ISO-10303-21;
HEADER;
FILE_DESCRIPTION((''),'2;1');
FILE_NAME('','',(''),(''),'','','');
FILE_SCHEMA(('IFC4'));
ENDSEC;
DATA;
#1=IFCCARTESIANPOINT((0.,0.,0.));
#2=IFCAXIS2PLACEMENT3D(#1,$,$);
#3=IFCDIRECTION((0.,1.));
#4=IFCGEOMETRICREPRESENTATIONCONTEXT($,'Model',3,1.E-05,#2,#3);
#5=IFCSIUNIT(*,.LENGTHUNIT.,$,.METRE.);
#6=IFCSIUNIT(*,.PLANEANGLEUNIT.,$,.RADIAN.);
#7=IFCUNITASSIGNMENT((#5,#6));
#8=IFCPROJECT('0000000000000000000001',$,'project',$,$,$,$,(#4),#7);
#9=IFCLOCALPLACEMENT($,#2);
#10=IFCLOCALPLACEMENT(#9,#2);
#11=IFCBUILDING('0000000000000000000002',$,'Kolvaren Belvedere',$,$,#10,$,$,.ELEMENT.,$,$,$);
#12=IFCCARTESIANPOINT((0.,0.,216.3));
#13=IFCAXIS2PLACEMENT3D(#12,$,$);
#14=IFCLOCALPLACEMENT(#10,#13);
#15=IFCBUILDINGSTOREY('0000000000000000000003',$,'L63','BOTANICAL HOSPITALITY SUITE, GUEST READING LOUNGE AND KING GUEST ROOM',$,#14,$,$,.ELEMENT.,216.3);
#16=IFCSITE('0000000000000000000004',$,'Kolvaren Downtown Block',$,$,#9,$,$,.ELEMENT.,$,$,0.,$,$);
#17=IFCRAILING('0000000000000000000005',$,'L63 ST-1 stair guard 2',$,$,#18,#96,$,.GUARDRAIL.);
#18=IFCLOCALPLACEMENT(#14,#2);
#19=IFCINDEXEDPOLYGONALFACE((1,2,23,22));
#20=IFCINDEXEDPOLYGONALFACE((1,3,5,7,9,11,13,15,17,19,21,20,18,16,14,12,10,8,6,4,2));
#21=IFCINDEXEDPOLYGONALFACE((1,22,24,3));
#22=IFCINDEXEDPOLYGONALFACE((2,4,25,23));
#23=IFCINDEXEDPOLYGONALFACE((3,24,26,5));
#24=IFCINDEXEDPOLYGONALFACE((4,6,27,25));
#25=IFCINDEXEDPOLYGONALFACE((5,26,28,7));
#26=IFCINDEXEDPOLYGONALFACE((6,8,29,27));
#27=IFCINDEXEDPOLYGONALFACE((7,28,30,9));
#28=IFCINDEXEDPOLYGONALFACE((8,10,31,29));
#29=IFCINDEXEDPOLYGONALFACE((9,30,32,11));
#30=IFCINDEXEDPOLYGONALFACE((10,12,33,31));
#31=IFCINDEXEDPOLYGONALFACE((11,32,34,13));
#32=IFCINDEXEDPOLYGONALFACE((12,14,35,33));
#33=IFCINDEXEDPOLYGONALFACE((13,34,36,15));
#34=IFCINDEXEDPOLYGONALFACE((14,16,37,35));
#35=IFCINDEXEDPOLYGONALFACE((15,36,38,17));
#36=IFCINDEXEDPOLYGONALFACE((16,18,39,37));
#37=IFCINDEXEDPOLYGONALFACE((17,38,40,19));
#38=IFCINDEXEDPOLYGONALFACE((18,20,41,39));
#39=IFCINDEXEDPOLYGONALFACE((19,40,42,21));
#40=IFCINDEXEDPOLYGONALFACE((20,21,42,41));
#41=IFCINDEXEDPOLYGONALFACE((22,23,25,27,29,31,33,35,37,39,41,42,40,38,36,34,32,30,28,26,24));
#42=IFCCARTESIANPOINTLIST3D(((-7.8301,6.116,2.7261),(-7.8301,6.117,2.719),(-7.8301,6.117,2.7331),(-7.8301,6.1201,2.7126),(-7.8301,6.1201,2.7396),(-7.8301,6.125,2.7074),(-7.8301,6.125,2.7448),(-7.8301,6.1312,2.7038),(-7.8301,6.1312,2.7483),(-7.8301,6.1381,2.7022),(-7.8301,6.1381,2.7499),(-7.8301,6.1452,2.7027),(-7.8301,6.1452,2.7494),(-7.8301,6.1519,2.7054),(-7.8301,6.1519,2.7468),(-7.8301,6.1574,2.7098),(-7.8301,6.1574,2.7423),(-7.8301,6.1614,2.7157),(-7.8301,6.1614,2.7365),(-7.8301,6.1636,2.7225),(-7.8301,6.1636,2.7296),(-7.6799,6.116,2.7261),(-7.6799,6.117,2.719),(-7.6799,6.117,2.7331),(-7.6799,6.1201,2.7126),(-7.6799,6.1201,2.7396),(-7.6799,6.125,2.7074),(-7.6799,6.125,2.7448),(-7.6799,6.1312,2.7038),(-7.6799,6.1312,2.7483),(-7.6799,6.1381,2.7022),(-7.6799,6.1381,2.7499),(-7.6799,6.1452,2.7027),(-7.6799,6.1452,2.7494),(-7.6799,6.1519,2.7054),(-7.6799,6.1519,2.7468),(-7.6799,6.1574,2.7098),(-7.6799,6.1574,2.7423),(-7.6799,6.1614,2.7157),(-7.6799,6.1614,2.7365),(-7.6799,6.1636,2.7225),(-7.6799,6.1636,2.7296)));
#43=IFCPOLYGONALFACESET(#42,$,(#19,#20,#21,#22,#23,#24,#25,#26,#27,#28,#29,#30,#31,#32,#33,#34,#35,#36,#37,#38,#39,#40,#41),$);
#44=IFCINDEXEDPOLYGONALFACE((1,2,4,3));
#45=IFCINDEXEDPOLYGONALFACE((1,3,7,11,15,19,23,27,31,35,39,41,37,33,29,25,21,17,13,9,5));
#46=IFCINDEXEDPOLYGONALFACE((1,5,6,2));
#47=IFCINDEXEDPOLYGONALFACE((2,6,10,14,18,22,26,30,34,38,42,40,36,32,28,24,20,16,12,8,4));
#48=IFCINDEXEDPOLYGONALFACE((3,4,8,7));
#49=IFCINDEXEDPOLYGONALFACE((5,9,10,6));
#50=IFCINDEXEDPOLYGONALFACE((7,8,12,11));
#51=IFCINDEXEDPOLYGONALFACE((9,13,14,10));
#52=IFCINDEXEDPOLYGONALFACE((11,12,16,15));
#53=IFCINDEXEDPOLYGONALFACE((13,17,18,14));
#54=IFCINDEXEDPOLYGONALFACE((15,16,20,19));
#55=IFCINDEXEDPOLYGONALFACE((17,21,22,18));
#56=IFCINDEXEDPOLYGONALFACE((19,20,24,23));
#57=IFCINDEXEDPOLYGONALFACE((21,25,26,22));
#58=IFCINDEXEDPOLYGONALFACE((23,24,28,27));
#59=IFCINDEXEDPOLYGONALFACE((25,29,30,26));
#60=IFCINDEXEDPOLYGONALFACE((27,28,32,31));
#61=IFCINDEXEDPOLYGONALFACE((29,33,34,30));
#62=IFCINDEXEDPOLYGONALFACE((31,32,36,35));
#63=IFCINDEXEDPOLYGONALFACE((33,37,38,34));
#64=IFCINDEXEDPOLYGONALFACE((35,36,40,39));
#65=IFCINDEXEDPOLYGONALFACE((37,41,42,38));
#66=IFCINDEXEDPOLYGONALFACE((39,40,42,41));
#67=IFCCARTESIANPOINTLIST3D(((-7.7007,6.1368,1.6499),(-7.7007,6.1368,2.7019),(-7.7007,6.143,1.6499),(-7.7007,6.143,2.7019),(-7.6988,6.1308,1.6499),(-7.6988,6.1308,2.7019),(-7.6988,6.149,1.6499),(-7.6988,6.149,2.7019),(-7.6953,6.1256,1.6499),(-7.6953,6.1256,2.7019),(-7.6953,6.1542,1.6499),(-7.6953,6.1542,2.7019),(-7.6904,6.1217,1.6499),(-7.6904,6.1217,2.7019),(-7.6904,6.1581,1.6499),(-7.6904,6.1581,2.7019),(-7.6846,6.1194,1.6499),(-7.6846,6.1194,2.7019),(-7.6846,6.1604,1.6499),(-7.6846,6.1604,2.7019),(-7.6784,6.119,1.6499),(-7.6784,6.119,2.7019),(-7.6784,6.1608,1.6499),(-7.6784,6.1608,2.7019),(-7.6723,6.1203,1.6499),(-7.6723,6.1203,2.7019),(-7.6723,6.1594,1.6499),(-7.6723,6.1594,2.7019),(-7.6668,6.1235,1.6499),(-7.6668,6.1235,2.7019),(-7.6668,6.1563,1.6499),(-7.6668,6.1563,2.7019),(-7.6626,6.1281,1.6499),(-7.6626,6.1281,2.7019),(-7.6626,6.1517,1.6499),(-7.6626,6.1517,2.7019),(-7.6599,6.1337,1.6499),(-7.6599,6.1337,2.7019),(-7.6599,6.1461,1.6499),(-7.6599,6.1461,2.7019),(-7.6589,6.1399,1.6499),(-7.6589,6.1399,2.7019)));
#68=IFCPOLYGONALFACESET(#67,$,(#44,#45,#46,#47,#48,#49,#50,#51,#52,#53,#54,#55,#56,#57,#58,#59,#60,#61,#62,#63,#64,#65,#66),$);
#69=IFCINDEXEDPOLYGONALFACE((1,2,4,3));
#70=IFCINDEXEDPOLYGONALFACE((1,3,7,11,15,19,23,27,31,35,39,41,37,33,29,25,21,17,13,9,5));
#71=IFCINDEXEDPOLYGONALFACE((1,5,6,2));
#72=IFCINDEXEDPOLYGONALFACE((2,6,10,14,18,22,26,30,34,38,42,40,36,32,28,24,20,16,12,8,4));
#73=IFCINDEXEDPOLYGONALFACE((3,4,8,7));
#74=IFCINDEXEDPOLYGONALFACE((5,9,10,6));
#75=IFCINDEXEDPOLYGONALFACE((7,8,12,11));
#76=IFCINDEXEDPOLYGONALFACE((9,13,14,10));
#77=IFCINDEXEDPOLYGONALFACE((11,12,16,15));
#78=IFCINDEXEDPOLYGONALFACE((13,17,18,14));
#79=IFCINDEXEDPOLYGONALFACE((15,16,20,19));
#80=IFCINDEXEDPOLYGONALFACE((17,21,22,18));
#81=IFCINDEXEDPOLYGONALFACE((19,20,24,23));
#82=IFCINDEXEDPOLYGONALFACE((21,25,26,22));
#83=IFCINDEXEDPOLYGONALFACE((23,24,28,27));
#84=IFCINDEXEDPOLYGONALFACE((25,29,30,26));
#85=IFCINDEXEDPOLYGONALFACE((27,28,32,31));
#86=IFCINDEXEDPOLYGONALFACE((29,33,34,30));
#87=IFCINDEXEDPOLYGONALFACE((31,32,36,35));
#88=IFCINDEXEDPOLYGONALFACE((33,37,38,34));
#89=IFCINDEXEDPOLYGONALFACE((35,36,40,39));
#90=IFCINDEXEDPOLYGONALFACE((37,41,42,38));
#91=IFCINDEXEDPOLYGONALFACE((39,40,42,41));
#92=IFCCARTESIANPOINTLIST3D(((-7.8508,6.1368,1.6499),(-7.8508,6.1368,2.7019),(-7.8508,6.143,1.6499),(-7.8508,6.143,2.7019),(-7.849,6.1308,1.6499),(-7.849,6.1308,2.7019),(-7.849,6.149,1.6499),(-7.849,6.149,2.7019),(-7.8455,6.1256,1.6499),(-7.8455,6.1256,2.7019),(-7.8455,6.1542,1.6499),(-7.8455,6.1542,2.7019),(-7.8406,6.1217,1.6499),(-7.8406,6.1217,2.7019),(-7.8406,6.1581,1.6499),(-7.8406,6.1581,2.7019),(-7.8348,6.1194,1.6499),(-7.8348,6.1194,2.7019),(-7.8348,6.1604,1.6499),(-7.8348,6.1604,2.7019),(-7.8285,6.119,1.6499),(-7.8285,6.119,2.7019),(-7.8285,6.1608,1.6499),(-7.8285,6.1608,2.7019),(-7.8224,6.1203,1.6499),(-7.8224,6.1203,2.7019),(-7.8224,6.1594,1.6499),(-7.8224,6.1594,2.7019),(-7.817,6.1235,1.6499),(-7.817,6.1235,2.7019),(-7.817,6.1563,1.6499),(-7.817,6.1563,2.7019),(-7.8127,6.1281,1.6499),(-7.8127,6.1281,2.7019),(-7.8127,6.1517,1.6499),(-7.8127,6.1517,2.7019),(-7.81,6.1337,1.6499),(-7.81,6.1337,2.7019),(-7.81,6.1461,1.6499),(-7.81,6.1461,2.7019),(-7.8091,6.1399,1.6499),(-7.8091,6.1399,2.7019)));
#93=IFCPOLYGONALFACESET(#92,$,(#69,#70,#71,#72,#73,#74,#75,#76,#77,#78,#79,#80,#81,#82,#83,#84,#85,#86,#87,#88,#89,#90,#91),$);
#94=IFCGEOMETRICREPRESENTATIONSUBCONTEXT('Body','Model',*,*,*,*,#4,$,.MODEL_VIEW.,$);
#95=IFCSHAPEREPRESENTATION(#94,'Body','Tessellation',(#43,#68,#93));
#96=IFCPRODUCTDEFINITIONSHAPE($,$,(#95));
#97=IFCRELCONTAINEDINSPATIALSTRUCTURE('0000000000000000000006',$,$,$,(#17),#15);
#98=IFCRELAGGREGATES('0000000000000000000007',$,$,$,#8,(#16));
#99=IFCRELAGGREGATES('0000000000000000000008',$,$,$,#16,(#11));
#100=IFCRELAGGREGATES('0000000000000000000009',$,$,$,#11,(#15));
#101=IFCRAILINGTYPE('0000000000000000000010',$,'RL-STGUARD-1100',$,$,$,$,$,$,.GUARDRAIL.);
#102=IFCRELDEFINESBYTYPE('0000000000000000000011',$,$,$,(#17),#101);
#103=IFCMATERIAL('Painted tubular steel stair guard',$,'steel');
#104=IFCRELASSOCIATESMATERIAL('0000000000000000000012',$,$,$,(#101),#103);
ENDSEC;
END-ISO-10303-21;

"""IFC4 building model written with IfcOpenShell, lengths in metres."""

from ifc_helpers import new_model, si_unit, direction, frame, origin, origin_2d, place, context, subcontext, project, spatial, circle, extrude, material, type_object, element, save


model = new_model("IFC4")

# Units and contexts
model_context = context("Model", 3, precision=1e-05, world=origin(), true_north=direction((0.0, 1.0)))
body_context = subcontext(model_context, "Body", "Model", "MODEL_VIEW")
ifc_project = project(units=[si_unit("LENGTHUNIT", "METRE"), si_unit("PLANEANGLEUNIT", "RADIAN")], contexts=[model_context])

# Site, building, storey
site_placement = place(None, origin())
site = spatial("IfcSite", under=ifc_project, at=site_placement, Name="Kolvaren Downtown Block", CompositionType="ELEMENT", RefElevation=0.0)
building_placement = place(site_placement, origin())
building = spatial("IfcBuilding", under=site, at=building_placement, Name="Kolvaren Belvedere", CompositionType="ELEMENT")
storey_placement = place(building_placement, frame((0.0, 0.0, 216.3)))
storey = spatial("IfcBuildingStorey", under=building, at=storey_placement, Name="L63", Description="BOTANICAL HOSPITALITY SUITE, GUEST READING LOUNGE AND KING GUEST ROOM", CompositionType="ELEMENT", Elevation=216.3)

# Railing
ifc_material_1 = material(Name="Painted tubular steel stair guard", Category="steel")
railing_type_1 = type_object("IfcRailingType", Name="RL-STGUARD-1100", PredefinedType="GUARDRAIL", material=ifc_material_1)
railing_1_placement = place(storey_placement, frame((-7.6799, 6.1399, 1.6499)))
element("IfcRailing", 1, at=railing_1_placement, inside=storey, type_object=railing_type_1, Name="L63 ST-1 stair guard 2", PredefinedType="GUARDRAIL", context=body_context, shape_type="SweptSolid", body=[
    extrude(circle(Radius=0.0239, at=origin_2d()), frame((0.0, 0.0, 1.0762), z_axis=(-1.0, 0.0, 0.0), x_axis=(0.0, -1.0, 0.0)), (0.0, 0.0, 1.0), 0.1501),
    extrude(circle(Radius=0.021, at=origin_2d()), origin(), (0.0, 0.0, 1.0), 1.052),
    extrude(circle(Radius=0.021, at=origin_2d()), frame((-0.1501, 0.0, 0.0)), (0.0, 0.0, 1.0), 1.052),
])

save(model, "model.ifc")
